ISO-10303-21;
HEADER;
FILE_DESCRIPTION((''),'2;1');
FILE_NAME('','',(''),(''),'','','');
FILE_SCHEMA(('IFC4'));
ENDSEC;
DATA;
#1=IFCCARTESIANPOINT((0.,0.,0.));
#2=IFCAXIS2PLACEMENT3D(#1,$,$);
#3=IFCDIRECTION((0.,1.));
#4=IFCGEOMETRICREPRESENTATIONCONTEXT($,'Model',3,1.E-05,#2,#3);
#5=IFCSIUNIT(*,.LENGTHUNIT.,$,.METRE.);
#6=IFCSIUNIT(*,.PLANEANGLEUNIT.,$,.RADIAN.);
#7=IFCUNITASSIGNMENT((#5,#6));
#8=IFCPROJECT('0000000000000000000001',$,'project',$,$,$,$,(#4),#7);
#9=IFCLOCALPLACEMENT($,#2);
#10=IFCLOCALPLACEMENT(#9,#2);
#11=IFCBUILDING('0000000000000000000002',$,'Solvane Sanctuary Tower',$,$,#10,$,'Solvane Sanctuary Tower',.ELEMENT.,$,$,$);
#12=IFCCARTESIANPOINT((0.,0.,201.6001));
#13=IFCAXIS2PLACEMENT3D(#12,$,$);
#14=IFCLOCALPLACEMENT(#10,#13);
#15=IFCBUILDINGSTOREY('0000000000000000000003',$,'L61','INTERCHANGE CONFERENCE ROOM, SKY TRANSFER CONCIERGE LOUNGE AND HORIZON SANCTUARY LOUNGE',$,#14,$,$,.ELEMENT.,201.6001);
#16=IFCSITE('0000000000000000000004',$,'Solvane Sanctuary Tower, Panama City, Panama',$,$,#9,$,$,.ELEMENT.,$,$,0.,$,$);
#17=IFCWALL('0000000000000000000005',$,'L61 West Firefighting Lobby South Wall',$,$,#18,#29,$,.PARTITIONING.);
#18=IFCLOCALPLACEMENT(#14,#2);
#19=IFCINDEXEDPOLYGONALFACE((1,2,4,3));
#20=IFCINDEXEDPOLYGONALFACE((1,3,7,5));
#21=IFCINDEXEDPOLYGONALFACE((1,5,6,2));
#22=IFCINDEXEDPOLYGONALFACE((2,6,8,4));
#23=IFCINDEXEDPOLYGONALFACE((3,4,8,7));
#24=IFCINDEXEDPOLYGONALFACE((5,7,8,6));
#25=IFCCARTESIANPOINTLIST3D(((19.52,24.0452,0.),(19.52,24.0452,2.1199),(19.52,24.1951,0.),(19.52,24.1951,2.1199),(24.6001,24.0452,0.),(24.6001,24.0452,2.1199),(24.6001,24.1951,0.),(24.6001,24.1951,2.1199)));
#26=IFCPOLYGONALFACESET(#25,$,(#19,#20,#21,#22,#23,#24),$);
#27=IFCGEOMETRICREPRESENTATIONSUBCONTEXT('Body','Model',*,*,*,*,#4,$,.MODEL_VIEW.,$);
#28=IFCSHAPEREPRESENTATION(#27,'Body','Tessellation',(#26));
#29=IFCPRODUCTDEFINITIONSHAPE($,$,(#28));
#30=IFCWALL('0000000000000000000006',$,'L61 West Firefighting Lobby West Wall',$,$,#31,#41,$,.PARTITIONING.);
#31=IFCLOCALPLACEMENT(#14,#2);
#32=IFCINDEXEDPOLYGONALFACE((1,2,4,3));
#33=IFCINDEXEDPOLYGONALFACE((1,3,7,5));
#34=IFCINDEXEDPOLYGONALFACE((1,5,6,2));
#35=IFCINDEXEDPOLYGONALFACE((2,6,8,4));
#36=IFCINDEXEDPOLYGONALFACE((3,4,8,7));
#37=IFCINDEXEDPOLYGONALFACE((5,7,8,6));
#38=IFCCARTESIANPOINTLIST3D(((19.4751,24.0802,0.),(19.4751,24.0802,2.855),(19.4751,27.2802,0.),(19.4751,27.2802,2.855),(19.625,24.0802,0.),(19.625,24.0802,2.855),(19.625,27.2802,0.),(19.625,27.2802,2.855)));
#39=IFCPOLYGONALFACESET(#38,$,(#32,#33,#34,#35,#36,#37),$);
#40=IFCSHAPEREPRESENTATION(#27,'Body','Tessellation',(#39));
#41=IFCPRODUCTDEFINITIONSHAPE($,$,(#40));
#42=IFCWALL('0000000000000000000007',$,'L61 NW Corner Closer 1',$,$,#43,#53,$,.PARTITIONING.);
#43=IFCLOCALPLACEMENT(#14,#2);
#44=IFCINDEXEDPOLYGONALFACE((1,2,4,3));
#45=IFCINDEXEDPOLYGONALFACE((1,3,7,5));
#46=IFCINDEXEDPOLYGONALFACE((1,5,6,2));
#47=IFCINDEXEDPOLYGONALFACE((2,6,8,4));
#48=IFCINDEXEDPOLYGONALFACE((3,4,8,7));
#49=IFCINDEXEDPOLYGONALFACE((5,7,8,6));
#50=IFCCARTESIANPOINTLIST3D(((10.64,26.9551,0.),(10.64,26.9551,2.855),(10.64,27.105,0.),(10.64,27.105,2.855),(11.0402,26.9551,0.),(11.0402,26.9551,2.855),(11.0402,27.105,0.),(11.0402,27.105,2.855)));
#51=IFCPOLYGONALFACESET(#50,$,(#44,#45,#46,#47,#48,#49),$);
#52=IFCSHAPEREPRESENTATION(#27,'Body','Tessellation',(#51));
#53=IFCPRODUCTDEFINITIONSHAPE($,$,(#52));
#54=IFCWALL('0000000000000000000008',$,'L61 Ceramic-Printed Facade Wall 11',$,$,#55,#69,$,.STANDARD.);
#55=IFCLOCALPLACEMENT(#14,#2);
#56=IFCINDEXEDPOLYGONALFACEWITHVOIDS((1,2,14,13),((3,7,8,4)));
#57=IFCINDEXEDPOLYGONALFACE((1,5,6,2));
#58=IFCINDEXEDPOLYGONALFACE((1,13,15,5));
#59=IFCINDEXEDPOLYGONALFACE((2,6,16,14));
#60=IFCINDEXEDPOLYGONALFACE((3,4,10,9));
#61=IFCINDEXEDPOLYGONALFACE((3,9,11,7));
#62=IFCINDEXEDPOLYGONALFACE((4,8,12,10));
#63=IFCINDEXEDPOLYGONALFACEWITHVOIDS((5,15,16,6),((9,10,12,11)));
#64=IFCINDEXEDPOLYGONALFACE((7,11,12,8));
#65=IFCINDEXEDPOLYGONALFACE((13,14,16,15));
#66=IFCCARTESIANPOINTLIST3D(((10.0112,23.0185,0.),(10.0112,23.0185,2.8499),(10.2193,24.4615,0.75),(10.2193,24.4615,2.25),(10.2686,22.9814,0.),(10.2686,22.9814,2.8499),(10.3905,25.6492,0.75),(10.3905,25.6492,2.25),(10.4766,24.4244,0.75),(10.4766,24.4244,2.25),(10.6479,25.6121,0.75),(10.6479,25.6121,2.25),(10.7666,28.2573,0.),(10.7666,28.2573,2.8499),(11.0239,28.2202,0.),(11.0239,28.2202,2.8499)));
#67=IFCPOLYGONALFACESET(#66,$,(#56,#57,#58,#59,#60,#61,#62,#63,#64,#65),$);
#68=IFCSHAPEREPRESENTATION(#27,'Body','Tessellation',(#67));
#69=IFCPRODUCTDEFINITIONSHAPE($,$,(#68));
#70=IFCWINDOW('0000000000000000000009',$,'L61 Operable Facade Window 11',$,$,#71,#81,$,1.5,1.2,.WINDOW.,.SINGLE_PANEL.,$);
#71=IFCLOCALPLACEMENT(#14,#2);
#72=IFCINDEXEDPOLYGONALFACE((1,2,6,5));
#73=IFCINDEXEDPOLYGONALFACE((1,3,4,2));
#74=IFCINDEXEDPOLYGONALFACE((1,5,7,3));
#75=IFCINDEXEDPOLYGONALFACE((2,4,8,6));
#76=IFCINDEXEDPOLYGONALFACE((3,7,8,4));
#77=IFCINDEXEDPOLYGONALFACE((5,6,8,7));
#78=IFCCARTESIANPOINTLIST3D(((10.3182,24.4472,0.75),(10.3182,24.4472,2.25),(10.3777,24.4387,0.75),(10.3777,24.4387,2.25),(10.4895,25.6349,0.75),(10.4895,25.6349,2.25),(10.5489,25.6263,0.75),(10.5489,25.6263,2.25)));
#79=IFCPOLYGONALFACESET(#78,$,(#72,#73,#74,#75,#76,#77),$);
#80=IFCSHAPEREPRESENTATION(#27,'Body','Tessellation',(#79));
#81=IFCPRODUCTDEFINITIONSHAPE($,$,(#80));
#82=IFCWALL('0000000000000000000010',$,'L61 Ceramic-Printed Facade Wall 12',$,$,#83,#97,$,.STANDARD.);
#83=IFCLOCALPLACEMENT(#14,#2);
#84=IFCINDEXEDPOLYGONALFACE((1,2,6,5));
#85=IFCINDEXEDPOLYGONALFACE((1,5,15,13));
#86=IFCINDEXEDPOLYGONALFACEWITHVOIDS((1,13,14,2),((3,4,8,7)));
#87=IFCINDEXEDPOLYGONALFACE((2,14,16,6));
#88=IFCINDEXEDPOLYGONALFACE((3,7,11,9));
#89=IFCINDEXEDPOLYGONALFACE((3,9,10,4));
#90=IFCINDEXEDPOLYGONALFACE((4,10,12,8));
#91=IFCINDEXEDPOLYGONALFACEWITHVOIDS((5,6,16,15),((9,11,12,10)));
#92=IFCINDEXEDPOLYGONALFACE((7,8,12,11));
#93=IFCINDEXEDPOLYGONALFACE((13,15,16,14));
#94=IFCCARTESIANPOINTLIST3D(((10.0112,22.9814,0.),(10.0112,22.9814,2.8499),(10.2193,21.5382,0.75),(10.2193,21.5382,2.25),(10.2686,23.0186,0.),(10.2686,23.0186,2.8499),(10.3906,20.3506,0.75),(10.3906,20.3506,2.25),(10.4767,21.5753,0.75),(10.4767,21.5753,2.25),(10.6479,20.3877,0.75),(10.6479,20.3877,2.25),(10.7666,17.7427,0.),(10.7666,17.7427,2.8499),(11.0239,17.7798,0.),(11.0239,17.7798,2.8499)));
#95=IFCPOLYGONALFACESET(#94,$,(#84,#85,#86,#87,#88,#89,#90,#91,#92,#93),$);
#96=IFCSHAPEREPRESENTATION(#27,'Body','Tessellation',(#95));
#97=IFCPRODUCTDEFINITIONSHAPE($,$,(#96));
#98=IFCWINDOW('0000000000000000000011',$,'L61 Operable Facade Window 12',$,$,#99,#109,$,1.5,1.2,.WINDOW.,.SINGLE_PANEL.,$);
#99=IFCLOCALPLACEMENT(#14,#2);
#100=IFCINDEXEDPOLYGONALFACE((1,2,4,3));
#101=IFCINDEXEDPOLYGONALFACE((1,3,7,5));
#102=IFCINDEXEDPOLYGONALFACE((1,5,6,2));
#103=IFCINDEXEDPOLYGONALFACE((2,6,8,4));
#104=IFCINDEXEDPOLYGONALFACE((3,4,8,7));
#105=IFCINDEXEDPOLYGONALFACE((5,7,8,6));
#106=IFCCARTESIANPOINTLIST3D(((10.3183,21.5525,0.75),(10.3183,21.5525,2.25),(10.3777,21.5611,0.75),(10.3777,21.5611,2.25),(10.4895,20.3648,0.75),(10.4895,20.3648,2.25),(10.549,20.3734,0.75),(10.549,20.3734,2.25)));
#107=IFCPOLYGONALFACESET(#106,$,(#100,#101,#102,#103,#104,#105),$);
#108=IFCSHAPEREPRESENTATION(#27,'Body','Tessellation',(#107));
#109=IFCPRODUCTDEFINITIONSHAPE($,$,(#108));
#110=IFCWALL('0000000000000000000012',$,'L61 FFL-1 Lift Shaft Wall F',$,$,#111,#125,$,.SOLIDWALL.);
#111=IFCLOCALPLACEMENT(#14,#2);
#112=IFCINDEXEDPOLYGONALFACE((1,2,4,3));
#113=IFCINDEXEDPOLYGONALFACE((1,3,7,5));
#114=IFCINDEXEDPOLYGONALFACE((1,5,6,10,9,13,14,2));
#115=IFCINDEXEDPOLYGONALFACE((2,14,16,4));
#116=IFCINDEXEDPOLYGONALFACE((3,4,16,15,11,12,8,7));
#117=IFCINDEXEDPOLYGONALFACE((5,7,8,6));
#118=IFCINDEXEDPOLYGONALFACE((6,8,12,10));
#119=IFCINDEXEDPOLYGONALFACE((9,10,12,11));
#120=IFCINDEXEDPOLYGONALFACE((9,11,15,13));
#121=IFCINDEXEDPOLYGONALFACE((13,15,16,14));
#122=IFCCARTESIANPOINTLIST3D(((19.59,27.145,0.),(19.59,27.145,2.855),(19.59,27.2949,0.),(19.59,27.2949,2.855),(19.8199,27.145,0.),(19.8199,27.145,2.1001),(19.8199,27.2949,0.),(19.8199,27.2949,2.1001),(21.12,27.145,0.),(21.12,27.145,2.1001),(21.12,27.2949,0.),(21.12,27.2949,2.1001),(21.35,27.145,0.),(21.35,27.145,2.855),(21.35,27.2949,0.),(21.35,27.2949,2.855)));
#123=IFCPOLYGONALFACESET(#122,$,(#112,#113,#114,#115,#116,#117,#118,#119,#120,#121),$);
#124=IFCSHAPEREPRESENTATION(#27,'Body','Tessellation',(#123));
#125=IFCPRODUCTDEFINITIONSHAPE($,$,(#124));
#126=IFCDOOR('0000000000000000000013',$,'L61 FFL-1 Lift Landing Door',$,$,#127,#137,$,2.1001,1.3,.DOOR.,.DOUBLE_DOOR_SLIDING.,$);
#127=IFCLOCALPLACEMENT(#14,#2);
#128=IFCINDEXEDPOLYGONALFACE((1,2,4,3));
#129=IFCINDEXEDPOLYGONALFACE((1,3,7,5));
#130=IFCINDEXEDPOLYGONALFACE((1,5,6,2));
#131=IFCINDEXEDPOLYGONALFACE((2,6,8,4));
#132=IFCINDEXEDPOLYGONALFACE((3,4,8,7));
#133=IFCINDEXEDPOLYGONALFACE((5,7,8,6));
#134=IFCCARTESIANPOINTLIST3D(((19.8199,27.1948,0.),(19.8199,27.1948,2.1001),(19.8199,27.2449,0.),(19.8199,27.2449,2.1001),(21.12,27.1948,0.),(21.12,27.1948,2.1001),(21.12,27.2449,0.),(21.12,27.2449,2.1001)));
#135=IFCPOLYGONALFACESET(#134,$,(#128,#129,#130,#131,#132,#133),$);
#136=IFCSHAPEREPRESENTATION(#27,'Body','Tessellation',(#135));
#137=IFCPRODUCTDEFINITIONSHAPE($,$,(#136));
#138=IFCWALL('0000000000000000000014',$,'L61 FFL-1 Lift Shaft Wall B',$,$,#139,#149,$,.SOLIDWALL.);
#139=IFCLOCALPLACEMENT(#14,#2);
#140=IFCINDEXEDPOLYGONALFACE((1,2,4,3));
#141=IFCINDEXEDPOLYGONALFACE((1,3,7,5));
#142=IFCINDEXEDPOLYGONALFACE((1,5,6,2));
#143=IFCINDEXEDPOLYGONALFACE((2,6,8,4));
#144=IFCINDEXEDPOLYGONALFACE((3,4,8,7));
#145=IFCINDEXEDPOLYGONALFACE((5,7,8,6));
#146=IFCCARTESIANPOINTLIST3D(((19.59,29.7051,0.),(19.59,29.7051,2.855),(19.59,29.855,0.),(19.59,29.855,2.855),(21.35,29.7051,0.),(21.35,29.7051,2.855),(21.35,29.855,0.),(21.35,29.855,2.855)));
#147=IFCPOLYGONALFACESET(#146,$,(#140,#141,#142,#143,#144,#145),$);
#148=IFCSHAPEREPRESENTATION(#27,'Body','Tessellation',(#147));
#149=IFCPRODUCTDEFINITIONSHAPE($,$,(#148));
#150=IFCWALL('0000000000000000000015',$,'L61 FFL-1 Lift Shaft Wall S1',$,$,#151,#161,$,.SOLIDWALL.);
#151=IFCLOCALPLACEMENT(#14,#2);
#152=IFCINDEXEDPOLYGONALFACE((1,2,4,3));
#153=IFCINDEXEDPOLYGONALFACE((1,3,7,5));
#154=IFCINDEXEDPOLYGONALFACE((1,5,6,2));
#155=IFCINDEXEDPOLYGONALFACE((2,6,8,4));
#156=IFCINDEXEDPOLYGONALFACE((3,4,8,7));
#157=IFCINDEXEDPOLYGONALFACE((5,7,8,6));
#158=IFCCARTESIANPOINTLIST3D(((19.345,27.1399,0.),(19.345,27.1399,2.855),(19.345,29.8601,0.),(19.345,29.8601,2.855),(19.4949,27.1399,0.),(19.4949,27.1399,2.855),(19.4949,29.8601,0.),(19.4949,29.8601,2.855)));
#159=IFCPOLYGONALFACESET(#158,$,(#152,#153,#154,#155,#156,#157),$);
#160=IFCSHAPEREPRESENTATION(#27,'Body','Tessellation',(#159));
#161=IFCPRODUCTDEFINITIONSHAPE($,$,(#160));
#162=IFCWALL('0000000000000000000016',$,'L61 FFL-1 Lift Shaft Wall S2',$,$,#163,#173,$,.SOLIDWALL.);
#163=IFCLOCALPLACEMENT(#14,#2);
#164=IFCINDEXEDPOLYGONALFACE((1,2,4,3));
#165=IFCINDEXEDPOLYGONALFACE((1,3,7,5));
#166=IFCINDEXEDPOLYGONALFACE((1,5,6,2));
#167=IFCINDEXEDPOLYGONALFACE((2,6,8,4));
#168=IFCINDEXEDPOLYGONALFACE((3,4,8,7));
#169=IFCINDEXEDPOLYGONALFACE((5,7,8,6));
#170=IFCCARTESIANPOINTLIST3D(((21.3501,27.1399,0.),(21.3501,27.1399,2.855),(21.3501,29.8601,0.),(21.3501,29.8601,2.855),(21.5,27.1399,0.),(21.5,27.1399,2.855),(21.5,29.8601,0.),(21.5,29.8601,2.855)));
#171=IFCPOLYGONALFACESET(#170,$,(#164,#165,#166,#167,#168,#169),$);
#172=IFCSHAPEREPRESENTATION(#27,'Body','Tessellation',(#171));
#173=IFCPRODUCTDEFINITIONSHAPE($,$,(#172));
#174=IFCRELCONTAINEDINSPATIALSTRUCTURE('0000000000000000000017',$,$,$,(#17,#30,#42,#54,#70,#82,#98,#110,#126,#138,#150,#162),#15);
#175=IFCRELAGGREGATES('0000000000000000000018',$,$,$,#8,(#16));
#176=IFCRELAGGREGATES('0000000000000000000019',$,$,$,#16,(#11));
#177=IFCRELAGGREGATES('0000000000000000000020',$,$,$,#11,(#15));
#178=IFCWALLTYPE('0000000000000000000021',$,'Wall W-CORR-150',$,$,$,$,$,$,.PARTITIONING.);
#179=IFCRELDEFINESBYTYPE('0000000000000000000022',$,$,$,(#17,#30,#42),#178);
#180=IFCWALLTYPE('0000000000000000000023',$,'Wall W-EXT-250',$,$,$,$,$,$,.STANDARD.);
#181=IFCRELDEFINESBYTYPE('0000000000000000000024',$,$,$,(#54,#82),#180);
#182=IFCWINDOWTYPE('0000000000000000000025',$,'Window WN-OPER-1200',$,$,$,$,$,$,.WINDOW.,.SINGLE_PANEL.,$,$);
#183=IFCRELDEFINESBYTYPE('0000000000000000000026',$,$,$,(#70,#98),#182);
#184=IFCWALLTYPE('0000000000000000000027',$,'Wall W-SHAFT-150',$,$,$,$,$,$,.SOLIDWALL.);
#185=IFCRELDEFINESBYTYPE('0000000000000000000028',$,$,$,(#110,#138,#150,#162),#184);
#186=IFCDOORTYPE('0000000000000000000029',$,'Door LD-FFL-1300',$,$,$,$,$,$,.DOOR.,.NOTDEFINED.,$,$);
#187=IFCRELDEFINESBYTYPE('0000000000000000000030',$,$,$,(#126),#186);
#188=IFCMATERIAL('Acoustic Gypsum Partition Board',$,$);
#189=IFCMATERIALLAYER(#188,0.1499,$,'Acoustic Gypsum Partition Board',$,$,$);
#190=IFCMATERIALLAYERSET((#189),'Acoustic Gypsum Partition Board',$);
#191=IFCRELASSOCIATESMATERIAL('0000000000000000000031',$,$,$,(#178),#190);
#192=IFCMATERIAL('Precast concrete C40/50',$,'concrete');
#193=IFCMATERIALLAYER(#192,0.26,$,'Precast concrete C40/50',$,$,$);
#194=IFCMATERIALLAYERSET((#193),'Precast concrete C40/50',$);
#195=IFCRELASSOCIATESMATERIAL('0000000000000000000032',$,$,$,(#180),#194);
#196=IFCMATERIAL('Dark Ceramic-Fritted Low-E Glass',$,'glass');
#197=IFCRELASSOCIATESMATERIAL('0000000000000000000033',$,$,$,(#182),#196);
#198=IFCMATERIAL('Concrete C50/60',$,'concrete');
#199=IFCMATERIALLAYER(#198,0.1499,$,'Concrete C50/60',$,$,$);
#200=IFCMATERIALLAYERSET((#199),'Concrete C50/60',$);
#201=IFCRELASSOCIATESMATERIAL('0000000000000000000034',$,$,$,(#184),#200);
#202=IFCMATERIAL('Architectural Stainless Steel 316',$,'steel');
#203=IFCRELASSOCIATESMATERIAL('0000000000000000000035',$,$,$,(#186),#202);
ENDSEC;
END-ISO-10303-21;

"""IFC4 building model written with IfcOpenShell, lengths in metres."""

from ifc_helpers import new_model, si_unit, direction, frame, frame_2d, origin, place, context, subcontext, project, spatial, rectangle, extrude, material, layer, layer_set, type_object, element, fill, save


model = new_model("IFC4")

# Units and contexts
model_context = context("Model", 3, precision=1e-05, world=origin(), true_north=direction((0.0, 1.0)))
body_context = subcontext(model_context, "Body", "Model", "MODEL_VIEW")
ifc_project = project(units=[si_unit("LENGTHUNIT", "METRE"), si_unit("PLANEANGLEUNIT", "RADIAN")], contexts=[model_context])

# Site, building, storey
site_placement = place(None, origin())
site = spatial("IfcSite", under=ifc_project, at=site_placement, Name="Solvane Sanctuary Tower, Panama City, Panama", CompositionType="ELEMENT", RefElevation=0.0)
building_placement = place(site_placement, origin())
building = spatial("IfcBuilding", under=site, at=building_placement, Name="Solvane Sanctuary Tower", LongName="Solvane Sanctuary Tower", CompositionType="ELEMENT")
storey_placement = place(building_placement, frame((0.0, 0.0, 201.6001)))
storey = spatial("IfcBuildingStorey", under=building, at=storey_placement, Name="L61", Description="INTERCHANGE CONFERENCE ROOM, SKY TRANSFER CONCIERGE LOUNGE AND HORIZON SANCTUARY LOUNGE", CompositionType="ELEMENT", Elevation=201.6001)

# Walls
ifc_material_1 = material(Name="Acoustic Gypsum Partition Board")
ifc_layer_1 = layer(ifc_material_1, 0.1499, Name="Acoustic Gypsum Partition Board")
ifc_layer_set_1 = layer_set([ifc_layer_1], Name="Acoustic Gypsum Partition Board")
wall_type_1 = type_object("IfcWallType", Name="Wall W-CORR-150", PredefinedType="PARTITIONING", material=ifc_layer_set_1)
wall_1_placement = place(storey_placement, frame((19.52, 24.1201, 0.0), z_axis=(0.0, 0.0, 1.0), x_axis=(1.0, 0.0, 0.0)))
element("IfcWall", 1, at=wall_1_placement, inside=storey, type_object=wall_type_1, Name="L61 West Firefighting Lobby South Wall", PredefinedType="PARTITIONING", context=body_context, shape_type="SweptSolid", body=[
    extrude(rectangle(XDim=5.0801, YDim=0.1499, at=frame_2d((2.54, 0.0))), origin(), (0.0, 0.0, 1.0), 2.1199),
])
wall_2_placement = place(storey_placement, frame((19.55, 24.0801, 0.0), z_axis=(0.0, 0.0, 1.0), x_axis=(0.0, 1.0, 0.0)))
element("IfcWall", 2, at=wall_2_placement, inside=storey, type_object=wall_type_1, Name="L61 West Firefighting Lobby West Wall", PredefinedType="PARTITIONING", context=body_context, shape_type="SweptSolid", body=[
    extrude(rectangle(XDim=3.2, YDim=0.1499, at=frame_2d((1.6001, 0.0))), origin(), (0.0, 0.0, 1.0), 2.855),
])
wall_3_placement = place(storey_placement, frame((10.6399, 27.03, 0.0), z_axis=(0.0, 0.0, 1.0), x_axis=(1.0, 0.0, 0.0)))
element("IfcWall", 3, at=wall_3_placement, inside=storey, type_object=wall_type_1, Name="L61 NW Corner Closer 1", PredefinedType="PARTITIONING", context=body_context, shape_type="SweptSolid", body=[
    extrude(rectangle(XDim=0.4001, YDim=0.1499, at=frame_2d((0.2002, 0.0))), origin(), (0.0, 0.0, 1.0), 2.855),
])

# Walls, openings, windows
ifc_material_2 = material(Name="Precast concrete C40/50", Category="concrete")
ifc_layer_2 = layer(ifc_material_2, 0.26, Name="Precast concrete C40/50")
ifc_layer_set_2 = layer_set([ifc_layer_2], Name="Precast concrete C40/50")
wall_type_2 = type_object("IfcWallType", Name="Wall W-EXT-250", PredefinedType="STANDARD", material=ifc_layer_set_2)
wall_4_placement = place(storey_placement, frame((10.8953, 28.2388, 0.0), z_axis=(0.0, 0.0, 1.0), x_axis=(-0.142713, -0.989764, 0.0)))
wall_4 = element("IfcWall", 4, at=wall_4_placement, inside=storey, type_object=wall_type_2, Name="L61 Ceramic-Printed Facade Wall 11", PredefinedType="STANDARD", context=body_context, shape_type="SweptSolid", body=[
    extrude(rectangle(XDim=5.293, YDim=0.26, at=frame_2d((2.6465, 0.0))), origin(), (0.0, 0.0, 1.0), 2.8499),
])
opening_1_placement = place(wall_4_placement, frame((2.635, 0.0, 0.75)))
opening_1 = element("IfcOpeningElement", 5, at=opening_1_placement, cuts=wall_4, PredefinedType="OPENING", context=body_context, shape_type="SweptSolid", body=[
    extrude(rectangle(XDim=1.2, YDim=1.5, at=frame_2d((0.6001, 0.75))), frame((0.0, 0.1399, 0.0), z_axis=(0.0, -1.0, 0.0), x_axis=(1.0, 0.0, 0.0)), (0.0, 0.0, 1.0), 0.28),
])
ifc_material_3 = material(Name="Dark Ceramic-Fritted Low-E Glass", Category="glass")
window_type = type_object("IfcWindowType", Name="Window WN-OPER-1200", PartitioningType="SINGLE_PANEL", PredefinedType="WINDOW", material=ifc_material_3)
window_1_placement = place(opening_1_placement, origin())
window_1 = element("IfcWindow", 6, at=window_1_placement, inside=storey, type_object=window_type, Name="L61 Operable Facade Window 11", OverallHeight=1.5, OverallWidth=1.2, PartitioningType="SINGLE_PANEL", PredefinedType="WINDOW", context=body_context, shape_type="SweptSolid", body=[
    extrude(rectangle(XDim=1.2, YDim=1.5, at=frame_2d((0.6001, 0.75))), frame((0.0, 0.03, 0.0), z_axis=(0.0, -1.0, 0.0), x_axis=(1.0, 0.0, 0.0)), (0.0, 0.0, 1.0), 0.0601),
])
fill(opening_1, window_1)
wall_5_placement = place(storey_placement, frame((10.1399, 23.0, 0.0), z_axis=(0.0, 0.0, 1.0), x_axis=(0.142713, -0.989764, 0.0)))
wall_5 = element("IfcWall", 7, at=wall_5_placement, inside=storey, type_object=wall_type_2, Name="L61 Ceramic-Printed Facade Wall 12", PredefinedType="STANDARD", context=body_context, shape_type="SweptSolid", body=[
    extrude(rectangle(XDim=5.293, YDim=0.26, at=frame_2d((2.6465, 0.0))), origin(), (0.0, 0.0, 1.0), 2.8499),
])
opening_2_placement = place(wall_5_placement, frame((1.458, 0.0, 0.75)))
opening_2 = element("IfcOpeningElement", 8, at=opening_2_placement, cuts=wall_5, PredefinedType="OPENING", context=body_context, shape_type="SweptSolid", body=[
    extrude(rectangle(XDim=1.2, YDim=1.5, at=frame_2d((0.6001, 0.75))), frame((0.0, 0.1399, 0.0), z_axis=(0.0, -1.0, 0.0), x_axis=(1.0, 0.0, 0.0)), (0.0, 0.0, 1.0), 0.28),
])
window_2_placement = place(opening_2_placement, origin())
window_2 = element("IfcWindow", 9, at=window_2_placement, inside=storey, type_object=window_type, Name="L61 Operable Facade Window 12", OverallHeight=1.5, OverallWidth=1.2, PartitioningType="SINGLE_PANEL", PredefinedType="WINDOW", context=body_context, shape_type="SweptSolid", body=[
    extrude(rectangle(XDim=1.2, YDim=1.5, at=frame_2d((0.6001, 0.75))), frame((0.0, 0.03, 0.0), z_axis=(0.0, -1.0, 0.0), x_axis=(1.0, 0.0, 0.0)), (0.0, 0.0, 1.0), 0.0601),
])
fill(opening_2, window_2)

# Wall, opening, door
ifc_material_4 = material(Name="Concrete C50/60", Category="concrete")
ifc_layer_3 = layer(ifc_material_4, 0.1499, Name="Concrete C50/60")
ifc_layer_set_3 = layer_set([ifc_layer_3], Name="Concrete C50/60")
wall_type_3 = type_object("IfcWallType", Name="Wall W-SHAFT-150", PredefinedType="SOLIDWALL", material=ifc_layer_set_3)
wall_6_placement = place(storey_placement, frame((19.5901, 27.22, 0.0), z_axis=(0.0, 0.0, 1.0), x_axis=(1.0, 0.0, 0.0)))
wall_6 = element("IfcWall", 10, at=wall_6_placement, inside=storey, type_object=wall_type_3, Name="L61 FFL-1 Lift Shaft Wall F", PredefinedType="SOLIDWALL", context=body_context, shape_type="SweptSolid", body=[
    extrude(rectangle(XDim=1.76, YDim=0.1499, at=frame_2d((0.8799, 0.0))), origin(), (0.0, 0.0, 1.0), 2.855),
])
opening_3_placement = place(wall_6_placement, frame((0.23, 0.0, 0.0)))
opening_3 = element("IfcOpeningElement", 11, at=opening_3_placement, cuts=wall_6, PredefinedType="OPENING", context=body_context, shape_type="SweptSolid", body=[
    extrude(rectangle(XDim=1.3, YDim=2.1001, at=frame_2d((0.6499, 1.05))), frame((0.0, 0.085, 0.0), z_axis=(0.0, -1.0, 0.0), x_axis=(1.0, 0.0, 0.0)), (0.0, 0.0, 1.0), 0.1699),
])
ifc_material_5 = material(Name="Architectural Stainless Steel 316", Category="steel")
door_type = type_object("IfcDoorType", Name="Door LD-FFL-1300", OperationType="NOTDEFINED", PredefinedType="DOOR", material=ifc_material_5)
door_1_placement = place(opening_3_placement, origin())
door_1 = element("IfcDoor", 12, at=door_1_placement, inside=storey, type_object=door_type, Name="L61 FFL-1 Lift Landing Door", OperationType="DOUBLE_DOOR_SLIDING", OverallHeight=2.1001, OverallWidth=1.3, PredefinedType="DOOR", context=body_context, shape_type="SweptSolid", body=[
    extrude(rectangle(XDim=1.3, YDim=2.1001, at=frame_2d((0.6499, 1.05))), frame((0.0, 0.0249, 0.0), z_axis=(0.0, -1.0, 0.0), x_axis=(1.0, 0.0, 0.0)), (0.0, 0.0, 1.0), 0.05),
])
fill(opening_3, door_1)

# Walls
wall_7_placement = place(storey_placement, frame((19.5901, 29.78, 0.0), z_axis=(0.0, 0.0, 1.0), x_axis=(1.0, 0.0, 0.0)))
element("IfcWall", 13, at=wall_7_placement, inside=storey, type_object=wall_type_3, Name="L61 FFL-1 Lift Shaft Wall B", PredefinedType="SOLIDWALL", context=body_context, shape_type="SweptSolid", body=[
    extrude(rectangle(XDim=1.76, YDim=0.1499, at=frame_2d((0.8799, 0.0))), origin(), (0.0, 0.0, 1.0), 2.855),
])
for number, where, z_axis, x_axis, name in (
    (14, (19.4199, 27.1399, 0.0), (0.0, 0.0, 1.0), (0.0, 1.0, 0.0), "L61 FFL-1 Lift Shaft Wall S1"),
    (15, (21.425, 27.1399, 0.0), (0.0, 0.0, 1.0), (0.0, 1.0, 0.0), "L61 FFL-1 Lift Shaft Wall S2"),
):
    element("IfcWall", number, at=place(storey_placement, frame(where, z_axis=z_axis, x_axis=x_axis)), inside=storey, type_object=wall_type_3, Name=name, PredefinedType="SOLIDWALL", context=body_context, shape_type="SweptSolid", body=[
        extrude(rectangle(XDim=2.7202, YDim=0.1499, at=frame_2d((1.3601, 0.0))), origin(), (0.0, 0.0, 1.0), 2.855),
    ])

save(model, "model.ifc")
